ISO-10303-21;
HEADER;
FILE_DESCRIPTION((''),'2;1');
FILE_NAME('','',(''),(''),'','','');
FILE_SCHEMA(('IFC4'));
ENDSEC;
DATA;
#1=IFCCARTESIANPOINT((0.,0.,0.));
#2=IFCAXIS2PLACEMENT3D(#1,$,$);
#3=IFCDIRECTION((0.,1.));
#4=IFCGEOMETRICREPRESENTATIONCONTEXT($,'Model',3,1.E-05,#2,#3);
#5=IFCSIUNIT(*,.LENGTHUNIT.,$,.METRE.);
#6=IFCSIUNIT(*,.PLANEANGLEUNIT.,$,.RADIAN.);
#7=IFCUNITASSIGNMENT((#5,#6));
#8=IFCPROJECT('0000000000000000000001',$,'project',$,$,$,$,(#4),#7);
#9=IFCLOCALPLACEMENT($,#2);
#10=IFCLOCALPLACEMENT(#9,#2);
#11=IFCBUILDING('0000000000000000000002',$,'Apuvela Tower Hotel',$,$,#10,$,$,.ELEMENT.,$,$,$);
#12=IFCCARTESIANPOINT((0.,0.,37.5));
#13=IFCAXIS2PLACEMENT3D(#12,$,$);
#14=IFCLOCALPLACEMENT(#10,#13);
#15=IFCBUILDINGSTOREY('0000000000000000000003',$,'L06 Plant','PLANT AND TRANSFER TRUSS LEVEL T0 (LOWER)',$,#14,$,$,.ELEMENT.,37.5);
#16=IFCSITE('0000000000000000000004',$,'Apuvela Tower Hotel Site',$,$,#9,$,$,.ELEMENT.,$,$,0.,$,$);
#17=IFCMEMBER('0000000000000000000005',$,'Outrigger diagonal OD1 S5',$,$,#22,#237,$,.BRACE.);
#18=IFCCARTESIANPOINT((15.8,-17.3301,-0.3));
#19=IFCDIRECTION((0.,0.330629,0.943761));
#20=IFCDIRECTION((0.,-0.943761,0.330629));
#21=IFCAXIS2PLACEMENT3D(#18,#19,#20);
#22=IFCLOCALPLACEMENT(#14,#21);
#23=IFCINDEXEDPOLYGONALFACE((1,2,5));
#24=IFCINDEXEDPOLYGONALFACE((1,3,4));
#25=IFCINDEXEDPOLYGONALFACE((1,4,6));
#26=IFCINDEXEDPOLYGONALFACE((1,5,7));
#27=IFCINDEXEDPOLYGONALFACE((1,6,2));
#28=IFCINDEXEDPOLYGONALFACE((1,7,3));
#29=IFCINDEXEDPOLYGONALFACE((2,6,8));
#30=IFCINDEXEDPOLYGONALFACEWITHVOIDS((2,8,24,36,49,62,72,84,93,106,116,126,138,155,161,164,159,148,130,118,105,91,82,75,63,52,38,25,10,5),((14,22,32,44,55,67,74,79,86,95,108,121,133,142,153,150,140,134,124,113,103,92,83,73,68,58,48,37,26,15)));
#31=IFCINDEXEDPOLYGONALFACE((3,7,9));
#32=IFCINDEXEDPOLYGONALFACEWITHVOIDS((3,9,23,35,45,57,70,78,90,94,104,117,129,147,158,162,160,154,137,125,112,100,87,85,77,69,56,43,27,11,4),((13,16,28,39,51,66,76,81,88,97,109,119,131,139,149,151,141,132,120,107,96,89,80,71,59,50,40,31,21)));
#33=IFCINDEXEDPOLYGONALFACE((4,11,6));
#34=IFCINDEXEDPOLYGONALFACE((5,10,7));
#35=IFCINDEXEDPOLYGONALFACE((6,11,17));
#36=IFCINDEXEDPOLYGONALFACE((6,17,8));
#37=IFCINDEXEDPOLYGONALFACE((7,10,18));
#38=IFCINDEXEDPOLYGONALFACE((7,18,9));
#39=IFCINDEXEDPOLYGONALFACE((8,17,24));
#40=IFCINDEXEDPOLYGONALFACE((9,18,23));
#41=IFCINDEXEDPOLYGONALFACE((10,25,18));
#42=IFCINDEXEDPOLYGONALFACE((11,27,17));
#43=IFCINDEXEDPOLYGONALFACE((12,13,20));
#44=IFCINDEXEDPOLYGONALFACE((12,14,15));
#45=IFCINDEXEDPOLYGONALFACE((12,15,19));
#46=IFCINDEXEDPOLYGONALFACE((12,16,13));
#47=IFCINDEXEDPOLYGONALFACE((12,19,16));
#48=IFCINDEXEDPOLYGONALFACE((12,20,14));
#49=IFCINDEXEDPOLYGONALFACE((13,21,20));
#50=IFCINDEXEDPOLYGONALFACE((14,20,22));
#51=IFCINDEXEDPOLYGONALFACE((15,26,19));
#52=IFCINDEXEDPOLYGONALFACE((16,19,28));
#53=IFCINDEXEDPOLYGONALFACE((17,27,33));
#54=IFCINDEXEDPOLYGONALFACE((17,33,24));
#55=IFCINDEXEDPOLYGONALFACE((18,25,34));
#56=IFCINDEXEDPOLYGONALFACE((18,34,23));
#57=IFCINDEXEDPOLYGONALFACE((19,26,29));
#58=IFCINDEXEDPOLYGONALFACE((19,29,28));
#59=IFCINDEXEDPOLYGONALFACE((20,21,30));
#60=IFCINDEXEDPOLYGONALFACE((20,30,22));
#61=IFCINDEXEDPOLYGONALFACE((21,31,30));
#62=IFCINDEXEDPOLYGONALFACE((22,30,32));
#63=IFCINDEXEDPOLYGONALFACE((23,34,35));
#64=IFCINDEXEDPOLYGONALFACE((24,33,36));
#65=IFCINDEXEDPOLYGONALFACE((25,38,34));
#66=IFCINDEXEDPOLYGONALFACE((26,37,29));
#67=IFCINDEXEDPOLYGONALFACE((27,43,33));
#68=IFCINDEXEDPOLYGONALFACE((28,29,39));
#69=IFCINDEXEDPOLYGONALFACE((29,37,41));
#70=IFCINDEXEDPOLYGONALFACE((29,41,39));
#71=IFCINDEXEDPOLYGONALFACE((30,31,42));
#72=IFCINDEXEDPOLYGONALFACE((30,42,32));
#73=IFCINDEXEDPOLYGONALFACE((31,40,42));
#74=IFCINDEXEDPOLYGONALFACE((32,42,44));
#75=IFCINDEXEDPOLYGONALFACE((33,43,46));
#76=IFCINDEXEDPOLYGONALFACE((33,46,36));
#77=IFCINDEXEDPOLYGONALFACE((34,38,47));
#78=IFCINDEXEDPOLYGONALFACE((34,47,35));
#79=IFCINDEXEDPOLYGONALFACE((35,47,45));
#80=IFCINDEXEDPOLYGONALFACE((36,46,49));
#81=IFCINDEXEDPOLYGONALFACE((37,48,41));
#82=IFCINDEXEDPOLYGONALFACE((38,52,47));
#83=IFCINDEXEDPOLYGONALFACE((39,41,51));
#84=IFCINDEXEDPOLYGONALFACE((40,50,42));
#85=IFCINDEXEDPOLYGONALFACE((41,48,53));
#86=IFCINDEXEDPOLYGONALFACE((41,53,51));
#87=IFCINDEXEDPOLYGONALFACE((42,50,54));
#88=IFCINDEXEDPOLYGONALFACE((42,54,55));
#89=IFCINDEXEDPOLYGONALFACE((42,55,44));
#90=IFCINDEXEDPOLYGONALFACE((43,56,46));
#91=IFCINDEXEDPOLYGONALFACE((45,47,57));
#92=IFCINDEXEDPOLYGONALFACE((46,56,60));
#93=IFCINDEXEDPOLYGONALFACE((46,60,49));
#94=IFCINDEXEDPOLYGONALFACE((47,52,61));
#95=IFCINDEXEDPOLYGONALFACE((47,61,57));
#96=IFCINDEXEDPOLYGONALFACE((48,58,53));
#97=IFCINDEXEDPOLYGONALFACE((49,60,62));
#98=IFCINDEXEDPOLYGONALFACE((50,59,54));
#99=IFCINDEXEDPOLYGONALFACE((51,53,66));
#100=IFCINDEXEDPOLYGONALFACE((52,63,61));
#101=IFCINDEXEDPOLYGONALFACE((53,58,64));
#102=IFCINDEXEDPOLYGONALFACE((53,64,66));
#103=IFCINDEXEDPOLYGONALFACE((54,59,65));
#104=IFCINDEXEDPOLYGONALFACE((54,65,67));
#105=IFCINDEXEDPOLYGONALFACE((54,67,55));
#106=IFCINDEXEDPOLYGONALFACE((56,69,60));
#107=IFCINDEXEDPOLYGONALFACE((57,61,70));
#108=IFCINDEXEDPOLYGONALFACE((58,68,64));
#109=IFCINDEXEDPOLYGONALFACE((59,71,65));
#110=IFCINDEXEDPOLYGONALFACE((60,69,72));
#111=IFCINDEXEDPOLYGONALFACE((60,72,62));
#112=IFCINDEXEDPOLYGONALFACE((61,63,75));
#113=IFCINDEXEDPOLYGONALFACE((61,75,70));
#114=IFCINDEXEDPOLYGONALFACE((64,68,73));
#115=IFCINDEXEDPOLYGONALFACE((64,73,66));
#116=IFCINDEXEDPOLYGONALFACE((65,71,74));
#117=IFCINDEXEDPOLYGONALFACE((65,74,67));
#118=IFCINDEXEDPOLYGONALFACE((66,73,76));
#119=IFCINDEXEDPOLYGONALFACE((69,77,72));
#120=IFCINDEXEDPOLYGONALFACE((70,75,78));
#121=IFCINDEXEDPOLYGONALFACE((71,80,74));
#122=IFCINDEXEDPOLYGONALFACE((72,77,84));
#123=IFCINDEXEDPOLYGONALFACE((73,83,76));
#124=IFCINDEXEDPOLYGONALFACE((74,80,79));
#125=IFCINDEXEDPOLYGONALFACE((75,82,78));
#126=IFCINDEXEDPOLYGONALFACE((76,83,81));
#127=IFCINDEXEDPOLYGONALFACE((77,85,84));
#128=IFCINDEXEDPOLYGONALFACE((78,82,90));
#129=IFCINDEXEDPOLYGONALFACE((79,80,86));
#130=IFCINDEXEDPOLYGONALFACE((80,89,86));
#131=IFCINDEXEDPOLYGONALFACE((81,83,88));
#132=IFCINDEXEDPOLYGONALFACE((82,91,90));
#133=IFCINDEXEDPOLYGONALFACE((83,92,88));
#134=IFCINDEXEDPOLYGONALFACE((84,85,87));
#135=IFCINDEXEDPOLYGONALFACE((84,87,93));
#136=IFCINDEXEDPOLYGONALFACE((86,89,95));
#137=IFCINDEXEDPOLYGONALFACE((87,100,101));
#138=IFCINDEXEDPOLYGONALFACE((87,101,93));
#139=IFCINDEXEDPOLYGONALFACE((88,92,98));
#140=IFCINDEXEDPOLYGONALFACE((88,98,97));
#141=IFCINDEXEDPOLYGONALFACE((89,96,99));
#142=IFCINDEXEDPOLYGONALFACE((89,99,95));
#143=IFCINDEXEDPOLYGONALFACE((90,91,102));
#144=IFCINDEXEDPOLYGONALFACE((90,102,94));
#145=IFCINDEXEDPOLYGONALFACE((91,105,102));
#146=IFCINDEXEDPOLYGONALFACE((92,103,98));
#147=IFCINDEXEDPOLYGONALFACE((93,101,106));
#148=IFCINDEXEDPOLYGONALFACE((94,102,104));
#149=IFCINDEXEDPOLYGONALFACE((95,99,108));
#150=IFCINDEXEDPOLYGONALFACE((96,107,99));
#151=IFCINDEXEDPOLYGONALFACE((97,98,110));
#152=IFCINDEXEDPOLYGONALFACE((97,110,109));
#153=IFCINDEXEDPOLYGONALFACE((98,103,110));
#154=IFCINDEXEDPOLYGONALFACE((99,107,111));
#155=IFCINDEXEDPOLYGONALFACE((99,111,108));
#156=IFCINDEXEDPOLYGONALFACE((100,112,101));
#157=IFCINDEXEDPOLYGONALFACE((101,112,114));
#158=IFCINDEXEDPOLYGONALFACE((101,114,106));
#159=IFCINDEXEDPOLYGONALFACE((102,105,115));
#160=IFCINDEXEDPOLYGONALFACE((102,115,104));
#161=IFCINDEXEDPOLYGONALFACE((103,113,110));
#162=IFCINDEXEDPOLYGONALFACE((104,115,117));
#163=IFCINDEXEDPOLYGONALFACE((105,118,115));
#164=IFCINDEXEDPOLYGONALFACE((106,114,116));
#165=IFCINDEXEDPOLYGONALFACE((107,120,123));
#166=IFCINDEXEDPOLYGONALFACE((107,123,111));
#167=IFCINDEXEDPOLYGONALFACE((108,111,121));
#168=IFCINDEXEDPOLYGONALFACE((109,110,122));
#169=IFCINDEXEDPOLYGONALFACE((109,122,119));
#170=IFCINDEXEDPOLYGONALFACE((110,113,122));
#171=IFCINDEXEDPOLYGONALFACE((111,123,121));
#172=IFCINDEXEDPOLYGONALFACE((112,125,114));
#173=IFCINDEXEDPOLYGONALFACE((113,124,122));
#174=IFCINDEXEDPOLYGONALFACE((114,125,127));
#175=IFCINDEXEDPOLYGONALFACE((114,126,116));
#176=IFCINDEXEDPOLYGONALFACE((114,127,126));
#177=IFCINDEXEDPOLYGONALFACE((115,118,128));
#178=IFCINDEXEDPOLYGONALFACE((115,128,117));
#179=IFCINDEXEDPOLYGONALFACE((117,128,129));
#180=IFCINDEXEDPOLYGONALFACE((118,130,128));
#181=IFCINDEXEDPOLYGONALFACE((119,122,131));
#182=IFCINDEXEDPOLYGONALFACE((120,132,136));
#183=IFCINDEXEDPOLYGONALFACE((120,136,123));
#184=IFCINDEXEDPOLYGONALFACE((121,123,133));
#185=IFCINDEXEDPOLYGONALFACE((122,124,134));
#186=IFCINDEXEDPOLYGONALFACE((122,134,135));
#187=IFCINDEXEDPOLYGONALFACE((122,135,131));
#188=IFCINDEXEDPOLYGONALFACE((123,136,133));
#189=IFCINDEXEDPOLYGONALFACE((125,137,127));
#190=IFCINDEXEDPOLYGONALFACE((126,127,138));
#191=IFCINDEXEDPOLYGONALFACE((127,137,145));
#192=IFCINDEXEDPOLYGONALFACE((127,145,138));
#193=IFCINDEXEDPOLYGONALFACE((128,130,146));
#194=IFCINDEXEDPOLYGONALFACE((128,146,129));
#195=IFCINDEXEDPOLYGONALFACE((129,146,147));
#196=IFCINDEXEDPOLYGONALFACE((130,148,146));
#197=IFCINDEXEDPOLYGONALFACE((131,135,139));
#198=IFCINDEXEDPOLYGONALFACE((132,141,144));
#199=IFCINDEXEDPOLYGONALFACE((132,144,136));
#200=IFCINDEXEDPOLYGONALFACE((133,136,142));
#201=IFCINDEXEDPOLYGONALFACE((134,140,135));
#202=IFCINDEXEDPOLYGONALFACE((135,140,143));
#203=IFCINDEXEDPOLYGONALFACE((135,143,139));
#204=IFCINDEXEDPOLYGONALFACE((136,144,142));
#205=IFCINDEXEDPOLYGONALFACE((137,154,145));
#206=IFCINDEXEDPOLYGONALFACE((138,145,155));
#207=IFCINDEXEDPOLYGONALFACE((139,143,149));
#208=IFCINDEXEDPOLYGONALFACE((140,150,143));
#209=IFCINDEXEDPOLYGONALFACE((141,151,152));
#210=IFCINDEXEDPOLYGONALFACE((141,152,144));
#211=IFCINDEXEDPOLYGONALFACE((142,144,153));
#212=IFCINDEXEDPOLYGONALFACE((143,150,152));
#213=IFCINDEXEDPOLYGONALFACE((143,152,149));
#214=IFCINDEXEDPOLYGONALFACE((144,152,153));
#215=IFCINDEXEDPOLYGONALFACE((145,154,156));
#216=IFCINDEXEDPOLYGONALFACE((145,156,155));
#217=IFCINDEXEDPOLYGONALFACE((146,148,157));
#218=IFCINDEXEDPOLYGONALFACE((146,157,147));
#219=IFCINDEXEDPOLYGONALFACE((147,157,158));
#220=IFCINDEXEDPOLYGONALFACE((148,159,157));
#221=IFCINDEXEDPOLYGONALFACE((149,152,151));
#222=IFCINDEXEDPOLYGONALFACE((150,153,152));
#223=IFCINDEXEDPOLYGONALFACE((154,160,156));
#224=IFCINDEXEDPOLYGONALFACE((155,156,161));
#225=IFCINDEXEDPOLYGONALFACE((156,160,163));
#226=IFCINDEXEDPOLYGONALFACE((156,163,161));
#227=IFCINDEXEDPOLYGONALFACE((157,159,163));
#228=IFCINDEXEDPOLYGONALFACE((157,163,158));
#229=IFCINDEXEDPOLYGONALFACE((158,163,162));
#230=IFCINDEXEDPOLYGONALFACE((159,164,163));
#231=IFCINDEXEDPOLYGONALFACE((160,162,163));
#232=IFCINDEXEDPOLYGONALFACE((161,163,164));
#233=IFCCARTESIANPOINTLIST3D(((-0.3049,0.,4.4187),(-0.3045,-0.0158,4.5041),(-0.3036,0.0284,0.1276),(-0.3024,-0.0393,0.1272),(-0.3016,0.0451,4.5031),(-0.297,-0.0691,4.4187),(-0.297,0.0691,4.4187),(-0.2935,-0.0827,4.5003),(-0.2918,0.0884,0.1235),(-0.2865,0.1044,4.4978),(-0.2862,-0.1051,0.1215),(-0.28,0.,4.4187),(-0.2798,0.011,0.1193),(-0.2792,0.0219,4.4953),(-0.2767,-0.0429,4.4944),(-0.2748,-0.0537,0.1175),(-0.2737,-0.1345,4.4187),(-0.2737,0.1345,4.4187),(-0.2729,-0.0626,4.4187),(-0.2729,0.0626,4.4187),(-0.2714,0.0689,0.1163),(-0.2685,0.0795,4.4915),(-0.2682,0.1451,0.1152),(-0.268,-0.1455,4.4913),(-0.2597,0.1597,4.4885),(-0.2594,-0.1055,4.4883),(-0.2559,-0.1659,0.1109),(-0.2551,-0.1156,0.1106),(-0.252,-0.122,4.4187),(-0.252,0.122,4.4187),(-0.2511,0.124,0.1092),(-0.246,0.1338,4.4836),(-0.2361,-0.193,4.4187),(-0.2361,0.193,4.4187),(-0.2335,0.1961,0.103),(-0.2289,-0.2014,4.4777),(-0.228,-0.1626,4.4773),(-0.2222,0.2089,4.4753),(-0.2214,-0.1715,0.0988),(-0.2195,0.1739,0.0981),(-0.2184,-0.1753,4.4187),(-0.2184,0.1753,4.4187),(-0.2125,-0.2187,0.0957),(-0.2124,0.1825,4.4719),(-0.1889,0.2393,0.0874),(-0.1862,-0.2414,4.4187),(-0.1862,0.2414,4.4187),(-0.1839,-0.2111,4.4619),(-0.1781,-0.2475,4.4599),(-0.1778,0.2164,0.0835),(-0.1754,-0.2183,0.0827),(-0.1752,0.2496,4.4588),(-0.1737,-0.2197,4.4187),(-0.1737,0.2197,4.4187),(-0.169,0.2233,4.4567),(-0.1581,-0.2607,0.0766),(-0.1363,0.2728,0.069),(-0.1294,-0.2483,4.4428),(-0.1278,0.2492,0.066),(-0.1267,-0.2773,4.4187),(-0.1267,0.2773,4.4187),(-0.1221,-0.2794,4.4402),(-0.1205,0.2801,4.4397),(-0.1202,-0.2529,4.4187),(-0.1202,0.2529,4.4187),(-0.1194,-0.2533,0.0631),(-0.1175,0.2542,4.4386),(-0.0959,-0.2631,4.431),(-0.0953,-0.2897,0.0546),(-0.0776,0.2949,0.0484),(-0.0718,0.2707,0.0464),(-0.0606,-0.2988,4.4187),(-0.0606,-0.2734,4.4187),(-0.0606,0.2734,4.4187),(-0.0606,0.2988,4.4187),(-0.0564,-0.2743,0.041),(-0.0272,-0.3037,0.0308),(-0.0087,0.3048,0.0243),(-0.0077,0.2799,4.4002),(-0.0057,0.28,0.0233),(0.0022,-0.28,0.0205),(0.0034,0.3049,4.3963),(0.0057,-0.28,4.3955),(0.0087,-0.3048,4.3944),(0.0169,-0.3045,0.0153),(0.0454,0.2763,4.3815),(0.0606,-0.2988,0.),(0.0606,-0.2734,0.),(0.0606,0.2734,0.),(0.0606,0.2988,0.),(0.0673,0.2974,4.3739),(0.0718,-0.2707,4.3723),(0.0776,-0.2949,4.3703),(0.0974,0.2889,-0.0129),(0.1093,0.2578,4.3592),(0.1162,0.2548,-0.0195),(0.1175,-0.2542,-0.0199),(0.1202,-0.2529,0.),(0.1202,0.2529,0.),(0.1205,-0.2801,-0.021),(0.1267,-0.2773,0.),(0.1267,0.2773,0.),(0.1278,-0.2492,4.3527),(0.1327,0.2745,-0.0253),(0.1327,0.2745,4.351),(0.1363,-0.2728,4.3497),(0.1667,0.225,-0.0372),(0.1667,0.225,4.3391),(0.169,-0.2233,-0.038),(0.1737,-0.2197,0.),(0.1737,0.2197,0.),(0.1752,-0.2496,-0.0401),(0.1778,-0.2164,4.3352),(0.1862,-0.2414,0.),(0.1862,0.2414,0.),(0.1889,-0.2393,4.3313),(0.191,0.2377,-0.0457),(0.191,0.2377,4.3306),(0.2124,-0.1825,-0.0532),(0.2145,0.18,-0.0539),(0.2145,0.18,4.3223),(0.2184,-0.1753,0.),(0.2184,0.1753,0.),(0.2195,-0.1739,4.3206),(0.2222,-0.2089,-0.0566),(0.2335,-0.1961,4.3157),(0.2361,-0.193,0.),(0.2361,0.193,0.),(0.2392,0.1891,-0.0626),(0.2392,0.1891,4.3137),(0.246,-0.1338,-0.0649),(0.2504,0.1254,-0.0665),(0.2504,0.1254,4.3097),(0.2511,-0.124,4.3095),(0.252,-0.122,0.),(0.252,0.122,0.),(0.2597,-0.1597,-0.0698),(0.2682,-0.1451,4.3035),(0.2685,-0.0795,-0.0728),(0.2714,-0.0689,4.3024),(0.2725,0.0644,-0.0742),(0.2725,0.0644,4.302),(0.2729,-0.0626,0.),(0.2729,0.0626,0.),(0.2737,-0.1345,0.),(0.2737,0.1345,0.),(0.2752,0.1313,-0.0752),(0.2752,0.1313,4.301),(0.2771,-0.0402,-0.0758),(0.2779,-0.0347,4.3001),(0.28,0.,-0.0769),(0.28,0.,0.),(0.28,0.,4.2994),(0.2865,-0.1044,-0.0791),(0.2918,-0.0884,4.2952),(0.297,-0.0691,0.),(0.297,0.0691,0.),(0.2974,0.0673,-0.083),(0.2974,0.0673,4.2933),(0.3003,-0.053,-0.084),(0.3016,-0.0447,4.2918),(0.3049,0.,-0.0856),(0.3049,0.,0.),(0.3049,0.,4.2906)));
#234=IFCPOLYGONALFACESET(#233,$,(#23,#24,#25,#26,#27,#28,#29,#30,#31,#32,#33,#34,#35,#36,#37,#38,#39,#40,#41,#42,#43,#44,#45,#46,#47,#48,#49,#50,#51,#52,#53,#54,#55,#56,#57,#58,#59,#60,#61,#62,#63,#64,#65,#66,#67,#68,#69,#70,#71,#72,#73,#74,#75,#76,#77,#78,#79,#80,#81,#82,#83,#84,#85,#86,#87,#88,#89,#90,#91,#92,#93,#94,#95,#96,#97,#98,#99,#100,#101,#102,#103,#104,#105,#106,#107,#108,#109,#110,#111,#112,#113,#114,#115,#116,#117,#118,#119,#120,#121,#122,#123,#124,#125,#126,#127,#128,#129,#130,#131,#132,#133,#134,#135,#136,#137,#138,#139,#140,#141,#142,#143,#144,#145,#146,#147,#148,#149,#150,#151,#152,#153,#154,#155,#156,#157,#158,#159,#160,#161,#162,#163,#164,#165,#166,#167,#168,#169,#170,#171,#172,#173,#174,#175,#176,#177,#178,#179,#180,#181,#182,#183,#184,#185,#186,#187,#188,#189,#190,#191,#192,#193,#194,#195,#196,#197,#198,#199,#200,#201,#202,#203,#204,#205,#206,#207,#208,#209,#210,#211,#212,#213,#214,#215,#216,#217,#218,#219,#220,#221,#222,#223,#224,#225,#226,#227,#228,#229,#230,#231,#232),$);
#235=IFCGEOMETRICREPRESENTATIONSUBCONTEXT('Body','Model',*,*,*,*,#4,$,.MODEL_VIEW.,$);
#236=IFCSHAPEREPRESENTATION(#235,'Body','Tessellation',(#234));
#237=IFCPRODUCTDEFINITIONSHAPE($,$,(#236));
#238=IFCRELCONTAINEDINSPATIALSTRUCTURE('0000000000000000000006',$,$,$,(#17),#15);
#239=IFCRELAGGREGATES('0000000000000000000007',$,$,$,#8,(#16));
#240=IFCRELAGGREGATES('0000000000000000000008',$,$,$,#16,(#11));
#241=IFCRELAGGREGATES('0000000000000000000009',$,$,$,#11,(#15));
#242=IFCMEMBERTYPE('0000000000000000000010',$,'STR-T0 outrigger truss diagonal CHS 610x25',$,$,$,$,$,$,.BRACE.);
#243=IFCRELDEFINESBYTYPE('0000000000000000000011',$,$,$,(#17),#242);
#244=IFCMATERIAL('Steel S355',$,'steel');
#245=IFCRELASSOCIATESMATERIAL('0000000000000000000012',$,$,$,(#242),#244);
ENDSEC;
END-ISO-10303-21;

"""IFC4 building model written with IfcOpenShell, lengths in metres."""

from ifc_helpers import new_model, si_unit, direction, frame, origin, origin_2d, place, context, subcontext, project, spatial, hollow_circle, extrude, boolean, halfspace, material, material_profile, profile_set, type_object, element, save


model = new_model("IFC4")

# Units and contexts
model_context = context("Model", 3, precision=1e-05, world=origin(), true_north=direction((0.0, 1.0)))
body_context = subcontext(model_context, "Body", "Model", "MODEL_VIEW")
ifc_project = project(units=[si_unit("LENGTHUNIT", "METRE"), si_unit("PLANEANGLEUNIT", "RADIAN")], contexts=[model_context])

# Site, building, storey
site_placement = place(None, origin())
site = spatial("IfcSite", under=ifc_project, at=site_placement, Name="Apuvela Tower Hotel Site", CompositionType="ELEMENT", RefElevation=0.0)
building_placement = place(site_placement, origin())
building = spatial("IfcBuilding", under=site, at=building_placement, Name="Apuvela Tower Hotel", CompositionType="ELEMENT")
storey_placement = place(building_placement, frame((0.0, 0.0, 37.5)))
storey = spatial("IfcBuildingStorey", under=building, at=storey_placement, Name="L06 Plant", Description="PLANT AND TRANSFER TRUSS LEVEL T0 (LOWER)", CompositionType="ELEMENT", Elevation=37.5)

# Member
ifc_material_1 = material(Name="Steel S355", Category="steel")
ifc_material_profile_1 = material_profile(ifc_material_1, hollow_circle(Radius=0.3049, WallThickness=0.0249, at=origin_2d()), Name="CHS 610x25")
ifc_profile_set_1 = profile_set([ifc_material_profile_1], Name="Steel S355")
member_type_1 = type_object("IfcMemberType", Name="STR-T0 outrigger truss diagonal CHS 610x25", PredefinedType="BRACE", material=ifc_profile_set_1)
member_1_placement = place(storey_placement, frame((15.8, -17.3301, -0.3), z_axis=(0.0, 0.330629, 0.943761), x_axis=(0.0, -0.943761, 0.330629)))
solid_1 = boolean("DIFFERENCE", boolean("DIFFERENCE", extrude(hollow_circle(Radius=0.3049, WallThickness=0.0249, at=origin_2d()), frame((0.0, 0.0, -0.2268)), (0.0, 0.0, 1.0), 4.8723), halfspace(frame((0.0, 0.0, 0.0212), z_axis=(0.330629, 0.0, 0.943761), x_axis=(0.943761, 0.0, -0.330629)), True)), halfspace(frame((0.0, 0.0, 4.3975), z_axis=(0.330629, 0.0, 0.943761), x_axis=(0.943761, 0.0, -0.330629)), False))
element("IfcMember", 1, at=member_1_placement, inside=storey, type_object=member_type_1, Name="Outrigger diagonal OD1 S5", PredefinedType="BRACE", context=body_context, shape_type="SweptSolid", body=[
    boolean("UNION", boolean("DIFFERENCE", boolean("DIFFERENCE", extrude(hollow_circle(Radius=0.3049, WallThickness=0.0249, at=origin_2d()), origin(), (0.0, 0.0, 1.0), 4.4187), halfspace(frame((0.0, 0.0, 0.0212), z_axis=(0.330629, 0.0, 0.943761), x_axis=(0.943761, 0.0, -0.330629)), True)), halfspace(frame((0.0, 0.0, 4.3975), z_axis=(0.330629, 0.0, 0.943761), x_axis=(0.943761, 0.0, -0.330629)), False)), solid_1),
])

save(model, "model.ifc")
